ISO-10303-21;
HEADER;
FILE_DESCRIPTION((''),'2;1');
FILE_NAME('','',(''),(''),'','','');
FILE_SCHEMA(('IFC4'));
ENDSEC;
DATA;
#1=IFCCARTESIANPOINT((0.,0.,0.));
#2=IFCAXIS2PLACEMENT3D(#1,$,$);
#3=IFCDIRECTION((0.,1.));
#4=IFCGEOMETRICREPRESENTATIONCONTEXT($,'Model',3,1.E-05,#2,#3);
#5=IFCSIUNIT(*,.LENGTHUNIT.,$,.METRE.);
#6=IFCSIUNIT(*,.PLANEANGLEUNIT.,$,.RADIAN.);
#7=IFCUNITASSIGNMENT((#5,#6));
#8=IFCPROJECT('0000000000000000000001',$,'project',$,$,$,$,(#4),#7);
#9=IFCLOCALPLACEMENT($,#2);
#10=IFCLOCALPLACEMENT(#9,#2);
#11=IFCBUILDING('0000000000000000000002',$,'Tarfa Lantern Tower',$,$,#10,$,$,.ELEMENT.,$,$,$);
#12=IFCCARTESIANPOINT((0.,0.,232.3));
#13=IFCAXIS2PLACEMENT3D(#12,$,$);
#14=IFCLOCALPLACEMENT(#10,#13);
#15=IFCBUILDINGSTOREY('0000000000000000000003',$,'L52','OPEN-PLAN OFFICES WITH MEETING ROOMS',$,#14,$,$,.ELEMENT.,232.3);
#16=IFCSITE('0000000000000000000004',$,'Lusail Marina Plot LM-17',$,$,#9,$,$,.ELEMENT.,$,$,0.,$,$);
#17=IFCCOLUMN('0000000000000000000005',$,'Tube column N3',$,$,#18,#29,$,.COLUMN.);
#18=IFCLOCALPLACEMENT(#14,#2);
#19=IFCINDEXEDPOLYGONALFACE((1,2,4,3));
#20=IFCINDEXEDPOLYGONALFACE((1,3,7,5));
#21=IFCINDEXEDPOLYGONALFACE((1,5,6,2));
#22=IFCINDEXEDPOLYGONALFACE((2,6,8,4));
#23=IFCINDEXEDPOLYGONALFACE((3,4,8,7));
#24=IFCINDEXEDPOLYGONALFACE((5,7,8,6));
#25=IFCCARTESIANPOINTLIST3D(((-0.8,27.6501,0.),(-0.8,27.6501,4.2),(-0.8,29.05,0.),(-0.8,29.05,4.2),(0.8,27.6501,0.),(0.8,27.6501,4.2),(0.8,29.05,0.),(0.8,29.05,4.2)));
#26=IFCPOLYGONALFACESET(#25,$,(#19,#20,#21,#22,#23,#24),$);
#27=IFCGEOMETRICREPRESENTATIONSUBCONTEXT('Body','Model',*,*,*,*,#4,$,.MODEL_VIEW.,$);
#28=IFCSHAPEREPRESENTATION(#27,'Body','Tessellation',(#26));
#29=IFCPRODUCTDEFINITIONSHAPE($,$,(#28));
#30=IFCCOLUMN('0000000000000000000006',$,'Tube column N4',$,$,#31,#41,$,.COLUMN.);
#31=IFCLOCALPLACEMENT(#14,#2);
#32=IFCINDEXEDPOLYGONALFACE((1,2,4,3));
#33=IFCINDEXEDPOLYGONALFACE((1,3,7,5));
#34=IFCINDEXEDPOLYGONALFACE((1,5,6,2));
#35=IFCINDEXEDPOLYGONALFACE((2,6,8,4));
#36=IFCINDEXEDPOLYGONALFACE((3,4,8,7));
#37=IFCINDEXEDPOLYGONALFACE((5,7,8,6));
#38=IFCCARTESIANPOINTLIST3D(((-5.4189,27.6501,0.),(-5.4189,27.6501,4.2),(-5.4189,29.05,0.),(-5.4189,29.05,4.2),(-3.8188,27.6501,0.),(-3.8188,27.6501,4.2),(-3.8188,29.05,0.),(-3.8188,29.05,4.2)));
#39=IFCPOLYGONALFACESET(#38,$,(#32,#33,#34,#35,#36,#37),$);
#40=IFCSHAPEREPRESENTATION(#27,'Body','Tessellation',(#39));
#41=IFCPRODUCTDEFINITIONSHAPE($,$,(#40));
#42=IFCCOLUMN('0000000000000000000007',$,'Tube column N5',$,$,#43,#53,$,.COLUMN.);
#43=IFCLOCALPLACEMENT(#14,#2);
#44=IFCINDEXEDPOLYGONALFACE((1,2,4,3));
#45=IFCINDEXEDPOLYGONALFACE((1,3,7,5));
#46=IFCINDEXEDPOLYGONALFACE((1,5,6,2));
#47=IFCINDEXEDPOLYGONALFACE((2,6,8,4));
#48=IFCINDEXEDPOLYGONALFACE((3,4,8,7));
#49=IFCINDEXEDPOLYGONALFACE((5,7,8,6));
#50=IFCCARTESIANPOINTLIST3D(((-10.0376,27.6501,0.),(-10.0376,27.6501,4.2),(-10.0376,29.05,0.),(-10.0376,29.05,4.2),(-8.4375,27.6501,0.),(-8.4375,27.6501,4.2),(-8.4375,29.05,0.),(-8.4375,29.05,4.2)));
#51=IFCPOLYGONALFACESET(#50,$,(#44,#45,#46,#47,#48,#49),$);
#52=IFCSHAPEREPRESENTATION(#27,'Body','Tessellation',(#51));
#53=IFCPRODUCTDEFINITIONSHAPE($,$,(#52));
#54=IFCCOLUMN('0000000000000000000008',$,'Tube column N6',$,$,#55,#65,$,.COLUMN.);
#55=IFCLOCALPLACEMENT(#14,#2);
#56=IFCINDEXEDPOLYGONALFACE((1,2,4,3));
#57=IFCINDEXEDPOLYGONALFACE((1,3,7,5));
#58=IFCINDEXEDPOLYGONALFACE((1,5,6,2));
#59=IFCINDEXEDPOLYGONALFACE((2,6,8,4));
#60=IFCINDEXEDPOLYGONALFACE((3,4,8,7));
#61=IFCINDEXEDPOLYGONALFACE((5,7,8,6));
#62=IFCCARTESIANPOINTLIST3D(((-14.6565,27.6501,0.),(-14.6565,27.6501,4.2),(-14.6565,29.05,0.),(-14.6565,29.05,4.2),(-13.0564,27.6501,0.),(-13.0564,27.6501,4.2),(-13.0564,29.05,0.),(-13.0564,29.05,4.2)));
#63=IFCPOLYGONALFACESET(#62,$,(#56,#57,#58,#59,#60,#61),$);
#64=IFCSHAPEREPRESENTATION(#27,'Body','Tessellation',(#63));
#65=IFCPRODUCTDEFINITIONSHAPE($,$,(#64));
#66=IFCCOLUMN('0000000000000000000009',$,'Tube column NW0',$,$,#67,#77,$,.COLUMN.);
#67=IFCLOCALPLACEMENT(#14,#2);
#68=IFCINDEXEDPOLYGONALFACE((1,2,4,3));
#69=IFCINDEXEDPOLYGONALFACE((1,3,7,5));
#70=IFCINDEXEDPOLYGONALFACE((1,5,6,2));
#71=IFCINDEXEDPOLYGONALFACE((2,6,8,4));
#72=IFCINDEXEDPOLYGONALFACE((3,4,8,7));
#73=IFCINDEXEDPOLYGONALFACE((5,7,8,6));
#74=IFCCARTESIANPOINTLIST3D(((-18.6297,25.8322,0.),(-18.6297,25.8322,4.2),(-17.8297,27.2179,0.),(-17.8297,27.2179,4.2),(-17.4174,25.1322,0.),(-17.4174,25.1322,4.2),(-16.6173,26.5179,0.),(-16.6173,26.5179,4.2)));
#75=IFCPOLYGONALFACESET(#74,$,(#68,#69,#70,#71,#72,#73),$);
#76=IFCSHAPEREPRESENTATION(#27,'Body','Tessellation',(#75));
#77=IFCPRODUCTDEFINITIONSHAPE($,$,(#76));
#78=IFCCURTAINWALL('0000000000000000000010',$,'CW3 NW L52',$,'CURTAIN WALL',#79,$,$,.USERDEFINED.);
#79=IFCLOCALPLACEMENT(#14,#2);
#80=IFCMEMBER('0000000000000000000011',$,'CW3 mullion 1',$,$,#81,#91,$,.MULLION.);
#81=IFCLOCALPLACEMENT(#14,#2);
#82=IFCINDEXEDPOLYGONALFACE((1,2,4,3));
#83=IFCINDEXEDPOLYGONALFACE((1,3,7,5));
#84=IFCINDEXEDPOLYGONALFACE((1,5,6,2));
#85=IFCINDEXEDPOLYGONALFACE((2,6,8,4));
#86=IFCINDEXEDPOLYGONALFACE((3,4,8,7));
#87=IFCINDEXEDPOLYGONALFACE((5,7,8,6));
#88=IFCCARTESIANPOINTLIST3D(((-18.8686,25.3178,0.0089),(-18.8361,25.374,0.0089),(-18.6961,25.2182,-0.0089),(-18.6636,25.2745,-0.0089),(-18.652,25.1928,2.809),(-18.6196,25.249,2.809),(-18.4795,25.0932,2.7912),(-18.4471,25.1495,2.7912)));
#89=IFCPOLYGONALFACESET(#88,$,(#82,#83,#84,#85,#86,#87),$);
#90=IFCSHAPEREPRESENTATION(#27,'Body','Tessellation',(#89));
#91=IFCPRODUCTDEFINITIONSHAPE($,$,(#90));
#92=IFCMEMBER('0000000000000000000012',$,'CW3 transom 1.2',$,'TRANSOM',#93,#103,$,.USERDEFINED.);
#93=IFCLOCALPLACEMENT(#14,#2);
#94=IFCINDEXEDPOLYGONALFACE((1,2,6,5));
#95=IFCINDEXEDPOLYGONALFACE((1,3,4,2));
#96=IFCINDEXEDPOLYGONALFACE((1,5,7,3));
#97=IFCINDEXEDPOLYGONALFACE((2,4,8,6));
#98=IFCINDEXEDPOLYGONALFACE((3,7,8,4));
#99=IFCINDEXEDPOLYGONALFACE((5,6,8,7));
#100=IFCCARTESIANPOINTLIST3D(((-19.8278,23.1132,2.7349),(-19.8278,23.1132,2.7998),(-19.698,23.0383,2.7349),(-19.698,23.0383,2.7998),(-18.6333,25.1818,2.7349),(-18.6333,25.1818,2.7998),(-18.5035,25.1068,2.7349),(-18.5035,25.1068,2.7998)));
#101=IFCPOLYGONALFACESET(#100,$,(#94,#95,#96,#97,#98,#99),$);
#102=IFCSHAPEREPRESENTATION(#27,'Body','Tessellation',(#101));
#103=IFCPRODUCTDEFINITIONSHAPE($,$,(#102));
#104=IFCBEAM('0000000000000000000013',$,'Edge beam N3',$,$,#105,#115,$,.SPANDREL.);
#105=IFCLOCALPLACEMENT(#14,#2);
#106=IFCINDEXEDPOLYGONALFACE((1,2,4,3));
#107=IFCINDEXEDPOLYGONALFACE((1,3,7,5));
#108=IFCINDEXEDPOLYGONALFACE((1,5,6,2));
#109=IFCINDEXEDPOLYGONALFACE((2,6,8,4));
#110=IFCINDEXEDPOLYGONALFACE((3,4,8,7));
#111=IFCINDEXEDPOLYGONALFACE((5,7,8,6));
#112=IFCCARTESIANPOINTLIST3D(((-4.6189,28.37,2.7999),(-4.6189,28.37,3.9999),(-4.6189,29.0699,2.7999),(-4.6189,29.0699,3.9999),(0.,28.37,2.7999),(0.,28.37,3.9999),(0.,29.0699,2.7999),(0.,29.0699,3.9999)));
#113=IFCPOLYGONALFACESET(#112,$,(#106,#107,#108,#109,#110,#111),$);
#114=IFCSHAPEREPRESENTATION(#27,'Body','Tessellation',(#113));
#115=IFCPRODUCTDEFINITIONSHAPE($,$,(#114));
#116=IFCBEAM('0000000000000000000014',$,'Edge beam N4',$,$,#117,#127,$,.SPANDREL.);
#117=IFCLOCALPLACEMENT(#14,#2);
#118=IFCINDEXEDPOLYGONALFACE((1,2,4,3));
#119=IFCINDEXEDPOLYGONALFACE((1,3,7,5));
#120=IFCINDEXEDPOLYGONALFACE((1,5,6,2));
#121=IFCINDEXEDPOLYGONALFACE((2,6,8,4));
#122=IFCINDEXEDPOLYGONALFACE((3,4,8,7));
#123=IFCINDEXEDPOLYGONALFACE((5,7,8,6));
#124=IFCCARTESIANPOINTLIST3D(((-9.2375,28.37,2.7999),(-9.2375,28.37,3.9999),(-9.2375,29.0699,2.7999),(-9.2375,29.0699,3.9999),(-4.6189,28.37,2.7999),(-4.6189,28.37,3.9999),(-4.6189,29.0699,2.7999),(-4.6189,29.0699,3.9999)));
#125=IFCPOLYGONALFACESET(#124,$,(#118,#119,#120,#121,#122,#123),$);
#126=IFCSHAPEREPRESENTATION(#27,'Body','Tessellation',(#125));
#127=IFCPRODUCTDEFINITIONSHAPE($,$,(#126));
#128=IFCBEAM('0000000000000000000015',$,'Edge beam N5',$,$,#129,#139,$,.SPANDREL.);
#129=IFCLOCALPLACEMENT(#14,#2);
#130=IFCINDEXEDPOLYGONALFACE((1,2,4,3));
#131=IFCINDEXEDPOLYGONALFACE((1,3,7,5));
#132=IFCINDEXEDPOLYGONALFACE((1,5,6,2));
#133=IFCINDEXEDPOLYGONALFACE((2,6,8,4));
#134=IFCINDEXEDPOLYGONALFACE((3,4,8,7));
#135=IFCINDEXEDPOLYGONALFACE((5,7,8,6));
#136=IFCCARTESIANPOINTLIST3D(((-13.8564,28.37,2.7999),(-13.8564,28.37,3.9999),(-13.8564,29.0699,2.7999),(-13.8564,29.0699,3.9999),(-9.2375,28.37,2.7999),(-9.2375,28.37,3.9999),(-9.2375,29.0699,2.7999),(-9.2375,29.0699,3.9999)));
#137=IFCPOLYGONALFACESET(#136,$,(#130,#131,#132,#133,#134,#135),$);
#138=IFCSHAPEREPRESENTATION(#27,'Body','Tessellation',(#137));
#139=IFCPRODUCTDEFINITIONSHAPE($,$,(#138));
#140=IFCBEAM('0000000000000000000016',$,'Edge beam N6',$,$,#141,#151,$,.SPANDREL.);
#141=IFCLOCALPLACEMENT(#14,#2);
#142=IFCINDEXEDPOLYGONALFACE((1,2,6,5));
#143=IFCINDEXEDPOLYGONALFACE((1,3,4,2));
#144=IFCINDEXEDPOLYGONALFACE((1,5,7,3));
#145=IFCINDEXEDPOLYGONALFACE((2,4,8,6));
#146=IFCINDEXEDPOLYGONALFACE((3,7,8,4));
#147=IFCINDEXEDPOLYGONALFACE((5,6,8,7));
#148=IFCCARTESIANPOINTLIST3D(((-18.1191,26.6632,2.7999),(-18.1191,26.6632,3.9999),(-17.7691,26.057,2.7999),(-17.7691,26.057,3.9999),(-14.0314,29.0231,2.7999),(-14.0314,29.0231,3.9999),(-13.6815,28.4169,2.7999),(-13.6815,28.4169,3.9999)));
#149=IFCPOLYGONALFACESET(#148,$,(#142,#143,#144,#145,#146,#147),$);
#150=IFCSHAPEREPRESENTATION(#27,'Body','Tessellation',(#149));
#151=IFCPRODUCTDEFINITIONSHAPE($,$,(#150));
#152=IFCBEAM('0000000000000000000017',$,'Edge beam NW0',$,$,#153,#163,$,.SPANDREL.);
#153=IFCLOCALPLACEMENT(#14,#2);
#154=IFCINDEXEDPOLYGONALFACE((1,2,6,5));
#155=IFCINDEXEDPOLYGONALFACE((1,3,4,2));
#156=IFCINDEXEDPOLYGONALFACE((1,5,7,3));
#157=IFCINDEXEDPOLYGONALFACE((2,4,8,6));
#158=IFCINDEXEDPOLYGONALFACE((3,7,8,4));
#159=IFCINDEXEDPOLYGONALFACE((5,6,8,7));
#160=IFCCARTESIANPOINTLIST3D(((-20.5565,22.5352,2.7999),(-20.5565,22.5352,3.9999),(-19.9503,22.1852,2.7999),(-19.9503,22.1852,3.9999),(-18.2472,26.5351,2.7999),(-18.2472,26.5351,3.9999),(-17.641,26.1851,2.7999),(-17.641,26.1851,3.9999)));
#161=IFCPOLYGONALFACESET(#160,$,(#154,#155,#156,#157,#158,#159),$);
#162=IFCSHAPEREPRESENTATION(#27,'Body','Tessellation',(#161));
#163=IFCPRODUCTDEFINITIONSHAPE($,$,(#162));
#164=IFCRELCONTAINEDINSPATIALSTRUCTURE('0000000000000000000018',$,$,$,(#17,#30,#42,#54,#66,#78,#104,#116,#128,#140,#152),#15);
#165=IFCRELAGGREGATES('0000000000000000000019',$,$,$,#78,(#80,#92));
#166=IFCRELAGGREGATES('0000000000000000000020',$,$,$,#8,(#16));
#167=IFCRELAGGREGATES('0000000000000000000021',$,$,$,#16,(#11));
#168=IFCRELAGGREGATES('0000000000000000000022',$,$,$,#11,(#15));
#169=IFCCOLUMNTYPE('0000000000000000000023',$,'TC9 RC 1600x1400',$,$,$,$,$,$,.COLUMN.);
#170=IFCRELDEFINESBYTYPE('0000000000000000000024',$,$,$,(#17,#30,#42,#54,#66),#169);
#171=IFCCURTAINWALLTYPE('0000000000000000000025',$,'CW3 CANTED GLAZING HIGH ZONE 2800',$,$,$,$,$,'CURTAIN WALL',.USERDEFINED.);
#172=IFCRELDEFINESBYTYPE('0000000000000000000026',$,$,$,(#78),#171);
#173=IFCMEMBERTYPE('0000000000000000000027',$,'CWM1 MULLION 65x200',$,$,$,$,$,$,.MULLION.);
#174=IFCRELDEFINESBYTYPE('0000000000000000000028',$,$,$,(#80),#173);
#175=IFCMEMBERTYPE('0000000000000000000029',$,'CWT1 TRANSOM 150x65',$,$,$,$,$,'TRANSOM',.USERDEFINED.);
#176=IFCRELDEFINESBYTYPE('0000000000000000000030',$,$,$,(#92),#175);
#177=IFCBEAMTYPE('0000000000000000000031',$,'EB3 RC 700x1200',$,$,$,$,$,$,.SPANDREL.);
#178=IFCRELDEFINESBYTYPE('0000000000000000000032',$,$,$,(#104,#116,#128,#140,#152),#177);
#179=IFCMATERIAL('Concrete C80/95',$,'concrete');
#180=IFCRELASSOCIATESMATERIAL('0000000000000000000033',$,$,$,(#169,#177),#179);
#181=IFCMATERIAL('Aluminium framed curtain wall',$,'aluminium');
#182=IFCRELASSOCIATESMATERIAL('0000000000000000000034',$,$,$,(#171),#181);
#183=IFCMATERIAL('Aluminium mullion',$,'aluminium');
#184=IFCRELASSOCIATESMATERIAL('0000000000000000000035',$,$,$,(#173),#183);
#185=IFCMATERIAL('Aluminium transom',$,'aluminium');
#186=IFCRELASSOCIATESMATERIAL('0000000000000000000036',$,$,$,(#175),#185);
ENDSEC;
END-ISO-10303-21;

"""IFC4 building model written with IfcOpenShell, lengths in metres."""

from ifc_helpers import new_model, si_unit, direction, frame, origin, origin_2d, place, context, subcontext, project, spatial, rectangle, extrude, material, material_profile, profile_set, type_object, element, aggregate, save


model = new_model("IFC4")

# Units and contexts
model_context = context("Model", 3, precision=1e-05, world=origin(), true_north=direction((0.0, 1.0)))
body_context = subcontext(model_context, "Body", "Model", "MODEL_VIEW")
ifc_project = project(units=[si_unit("LENGTHUNIT", "METRE"), si_unit("PLANEANGLEUNIT", "RADIAN")], contexts=[model_context])

# Site, building, storey
site_placement = place(None, origin())
site = spatial("IfcSite", under=ifc_project, at=site_placement, Name="Lusail Marina Plot LM-17", CompositionType="ELEMENT", RefElevation=0.0)
building_placement = place(site_placement, origin())
building = spatial("IfcBuilding", under=site, at=building_placement, Name="Tarfa Lantern Tower", CompositionType="ELEMENT")
storey_placement = place(building_placement, frame((0.0, 0.0, 232.3)))
storey = spatial("IfcBuildingStorey", under=building, at=storey_placement, Name="L52", Description="OPEN-PLAN OFFICES WITH MEETING ROOMS", CompositionType="ELEMENT", Elevation=232.3)

# Columns
ifc_material_1 = material(Name="Concrete C80/95", Category="concrete")
ifc_material_profile_1 = material_profile(ifc_material_1, rectangle(XDim=1.6001, YDim=1.3999, at=origin_2d()), Name="RC 1600x1400")
ifc_profile_set_1 = profile_set([ifc_material_profile_1], Name="Concrete C80/95")
column_type = type_object("IfcColumnType", Name="TC9 RC 1600x1400", PredefinedType="COLUMN", material=ifc_profile_set_1)
for number, where, z_axis, x_axis, name in (
    (1, (0.0, 28.3501, 0.0), (0.0, 0.0, 1.0), (-1.0, 0.0, 0.0), "Tube column N3"),
    (2, (-4.6189, 28.3501, 0.0), (0.0, 0.0, 1.0), (-1.0, 0.0, 0.0), "Tube column N4"),
    (3, (-9.2375, 28.3501, 0.0), (0.0, 0.0, 1.0), (-1.0, 0.0, 0.0), "Tube column N5"),
    (4, (-13.8564, 28.3501, 0.0), (0.0, 0.0, 1.0), (-1.0, 0.0, 0.0), "Tube column N6"),
    (5, (-17.6235, 26.175, 0.0), (0.0, 0.0, 1.0), (-0.5, -0.866025, 0.0), "Tube column NW0"),
):
    element("IfcColumn", number, at=place(storey_placement, frame(where, z_axis=z_axis, x_axis=x_axis)), inside=storey, type_object=column_type, Name=name, PredefinedType="COLUMN", context=body_context, shape_type="SweptSolid", body=[
        extrude(rectangle(XDim=1.6001, YDim=1.3999, at=origin_2d()), origin(), (0.0, 0.0, 1.0), 4.2),
    ])

# Curtain wall, members
ifc_material_2 = material(Name="Aluminium framed curtain wall", Category="aluminium")
curtain_wall_type = type_object("IfcCurtainWallType", Name="CW3 CANTED GLAZING HIGH ZONE 2800", ElementType="CURTAIN WALL", PredefinedType="USERDEFINED", material=ifc_material_2)
curtain_wall_placement = place(storey_placement, origin())
curtain_wall = element("IfcCurtainWall", 6, at=curtain_wall_placement, inside=storey, type_object=curtain_wall_type, Name="CW3 NW L52", ObjectType="CURTAIN WALL", PredefinedType="USERDEFINED")
ifc_material_3 = material(Name="Aluminium mullion", Category="aluminium")
ifc_material_profile_2 = material_profile(ifc_material_3, rectangle(XDim=0.0649, YDim=0.2, at=origin_2d()), Name="AL MULLION 65x200")
ifc_profile_set_2 = profile_set([ifc_material_profile_2], Name="Aluminium mullion")
member_type_1 = type_object("IfcMemberType", Name="CWM1 MULLION 65x200", PredefinedType="MULLION", material=ifc_profile_set_2)
member_1_placement = place(storey_placement, frame((-18.7661, 25.2961, 0.0), z_axis=(0.077032, -0.044465, 0.996037), x_axis=(0.49992, 0.866072, 0.0)))
member_1 = element("IfcMember", 7, at=member_1_placement, type_object=member_type_1, Name="CW3 mullion 1", PredefinedType="MULLION", context=body_context, shape_type="SweptSolid", body=[
    extrude(rectangle(XDim=0.0649, YDim=0.2, at=origin_2d()), origin(), (0.0, 0.0, 1.0), 2.8113),
])
ifc_material_4 = material(Name="Aluminium transom", Category="aluminium")
ifc_material_profile_3 = material_profile(ifc_material_4, rectangle(XDim=0.1499, YDim=0.0649, at=origin_2d()), Name="AL TRANSOM 150x65")
ifc_profile_set_3 = profile_set([ifc_material_profile_3], Name="Aluminium transom")
member_type_2 = type_object("IfcMemberType", Name="CWT1 TRANSOM 150x65", ElementType="TRANSOM", PredefinedType="USERDEFINED", material=ifc_profile_set_3)
member_2_placement = place(storey_placement, frame((-18.5684, 25.1443, 2.7673), z_axis=(-0.500085, -0.865976, 0.0), x_axis=(0.865976, -0.500085, 0.0)))
member_2 = element("IfcMember", 8, at=member_2_placement, type_object=member_type_2, Name="CW3 transom 1.2", ObjectType="TRANSOM", PredefinedType="USERDEFINED", context=body_context, shape_type="SweptSolid", body=[
    extrude(rectangle(XDim=0.1499, YDim=0.0649, at=origin_2d()), origin(), (0.0, 0.0, 1.0), 2.3887),
])
aggregate(curtain_wall, [member_1, member_2])

# Beams
ifc_material_profile_4 = material_profile(ifc_material_1, rectangle(XDim=0.7, YDim=1.2, at=origin_2d()), Name="RC 700x1200")
ifc_profile_set_4 = profile_set([ifc_material_profile_4], Name="Concrete C80/95")
beam_type_1 = type_object("IfcBeamType", Name="EB3 RC 700x1200", PredefinedType="SPANDREL", material=ifc_profile_set_4)
beam_1_placement = place(storey_placement, frame((0.0, 28.72, 3.3999), z_axis=(-1.0, 0.0, 0.0), x_axis=(0.0, -1.0, 0.0)))
element("IfcBeam", 9, at=beam_1_placement, inside=storey, type_object=beam_type_1, Name="Edge beam N3", PredefinedType="SPANDREL", context=body_context, shape_type="SweptSolid", body=[
    extrude(rectangle(XDim=0.7, YDim=1.2, at=origin_2d()), origin(), (0.0, 0.0, 1.0), 4.6189),
])
beam_2_placement = place(storey_placement, frame((-4.6189, 28.72, 3.3999), z_axis=(-1.0, 0.0, 0.0), x_axis=(0.0, -1.0, 0.0)))
element("IfcBeam", 10, at=beam_2_placement, inside=storey, type_object=beam_type_1, Name="Edge beam N4", PredefinedType="SPANDREL", context=body_context, shape_type="SweptSolid", body=[
    extrude(rectangle(XDim=0.7, YDim=1.2, at=origin_2d()), origin(), (0.0, 0.0, 1.0), 4.6187),
])
beam_3_placement = place(storey_placement, frame((-9.2375, 28.72, 3.3999), z_axis=(-1.0, 0.0, 0.0), x_axis=(0.0, -1.0, 0.0)))
element("IfcBeam", 11, at=beam_3_placement, inside=storey, type_object=beam_type_1, Name="Edge beam N5", PredefinedType="SPANDREL", context=body_context, shape_type="SweptSolid", body=[
    extrude(rectangle(XDim=0.7, YDim=1.2, at=origin_2d()), origin(), (0.0, 0.0, 1.0), 4.6189),
])
beam_4_placement = place(storey_placement, frame((-13.8564, 28.72, 3.3999), z_axis=(-0.866038, -0.499978, 0.0), x_axis=(0.499978, -0.866038, 0.0)))
element("IfcBeam", 12, at=beam_4_placement, inside=storey, type_object=beam_type_1, Name="Edge beam N6", PredefinedType="SPANDREL", context=body_context, shape_type="SweptSolid", body=[
    extrude(rectangle(XDim=0.7, YDim=1.2, at=origin_2d()), origin(), (0.0, 0.0, 1.0), 4.72),
])
beam_5_placement = place(storey_placement, frame((-17.9441, 26.3601, 3.3999), z_axis=(-0.499988, -0.866032, 0.0), x_axis=(0.866032, -0.499988, 0.0)))
element("IfcBeam", 13, at=beam_5_placement, inside=storey, type_object=beam_type_1, Name="Edge beam NW0", PredefinedType="SPANDREL", context=body_context, shape_type="SweptSolid", body=[
    extrude(rectangle(XDim=0.7, YDim=1.2, at=origin_2d()), origin(), (0.0, 0.0, 1.0), 4.6187),
])

save(model, "model.ifc")
